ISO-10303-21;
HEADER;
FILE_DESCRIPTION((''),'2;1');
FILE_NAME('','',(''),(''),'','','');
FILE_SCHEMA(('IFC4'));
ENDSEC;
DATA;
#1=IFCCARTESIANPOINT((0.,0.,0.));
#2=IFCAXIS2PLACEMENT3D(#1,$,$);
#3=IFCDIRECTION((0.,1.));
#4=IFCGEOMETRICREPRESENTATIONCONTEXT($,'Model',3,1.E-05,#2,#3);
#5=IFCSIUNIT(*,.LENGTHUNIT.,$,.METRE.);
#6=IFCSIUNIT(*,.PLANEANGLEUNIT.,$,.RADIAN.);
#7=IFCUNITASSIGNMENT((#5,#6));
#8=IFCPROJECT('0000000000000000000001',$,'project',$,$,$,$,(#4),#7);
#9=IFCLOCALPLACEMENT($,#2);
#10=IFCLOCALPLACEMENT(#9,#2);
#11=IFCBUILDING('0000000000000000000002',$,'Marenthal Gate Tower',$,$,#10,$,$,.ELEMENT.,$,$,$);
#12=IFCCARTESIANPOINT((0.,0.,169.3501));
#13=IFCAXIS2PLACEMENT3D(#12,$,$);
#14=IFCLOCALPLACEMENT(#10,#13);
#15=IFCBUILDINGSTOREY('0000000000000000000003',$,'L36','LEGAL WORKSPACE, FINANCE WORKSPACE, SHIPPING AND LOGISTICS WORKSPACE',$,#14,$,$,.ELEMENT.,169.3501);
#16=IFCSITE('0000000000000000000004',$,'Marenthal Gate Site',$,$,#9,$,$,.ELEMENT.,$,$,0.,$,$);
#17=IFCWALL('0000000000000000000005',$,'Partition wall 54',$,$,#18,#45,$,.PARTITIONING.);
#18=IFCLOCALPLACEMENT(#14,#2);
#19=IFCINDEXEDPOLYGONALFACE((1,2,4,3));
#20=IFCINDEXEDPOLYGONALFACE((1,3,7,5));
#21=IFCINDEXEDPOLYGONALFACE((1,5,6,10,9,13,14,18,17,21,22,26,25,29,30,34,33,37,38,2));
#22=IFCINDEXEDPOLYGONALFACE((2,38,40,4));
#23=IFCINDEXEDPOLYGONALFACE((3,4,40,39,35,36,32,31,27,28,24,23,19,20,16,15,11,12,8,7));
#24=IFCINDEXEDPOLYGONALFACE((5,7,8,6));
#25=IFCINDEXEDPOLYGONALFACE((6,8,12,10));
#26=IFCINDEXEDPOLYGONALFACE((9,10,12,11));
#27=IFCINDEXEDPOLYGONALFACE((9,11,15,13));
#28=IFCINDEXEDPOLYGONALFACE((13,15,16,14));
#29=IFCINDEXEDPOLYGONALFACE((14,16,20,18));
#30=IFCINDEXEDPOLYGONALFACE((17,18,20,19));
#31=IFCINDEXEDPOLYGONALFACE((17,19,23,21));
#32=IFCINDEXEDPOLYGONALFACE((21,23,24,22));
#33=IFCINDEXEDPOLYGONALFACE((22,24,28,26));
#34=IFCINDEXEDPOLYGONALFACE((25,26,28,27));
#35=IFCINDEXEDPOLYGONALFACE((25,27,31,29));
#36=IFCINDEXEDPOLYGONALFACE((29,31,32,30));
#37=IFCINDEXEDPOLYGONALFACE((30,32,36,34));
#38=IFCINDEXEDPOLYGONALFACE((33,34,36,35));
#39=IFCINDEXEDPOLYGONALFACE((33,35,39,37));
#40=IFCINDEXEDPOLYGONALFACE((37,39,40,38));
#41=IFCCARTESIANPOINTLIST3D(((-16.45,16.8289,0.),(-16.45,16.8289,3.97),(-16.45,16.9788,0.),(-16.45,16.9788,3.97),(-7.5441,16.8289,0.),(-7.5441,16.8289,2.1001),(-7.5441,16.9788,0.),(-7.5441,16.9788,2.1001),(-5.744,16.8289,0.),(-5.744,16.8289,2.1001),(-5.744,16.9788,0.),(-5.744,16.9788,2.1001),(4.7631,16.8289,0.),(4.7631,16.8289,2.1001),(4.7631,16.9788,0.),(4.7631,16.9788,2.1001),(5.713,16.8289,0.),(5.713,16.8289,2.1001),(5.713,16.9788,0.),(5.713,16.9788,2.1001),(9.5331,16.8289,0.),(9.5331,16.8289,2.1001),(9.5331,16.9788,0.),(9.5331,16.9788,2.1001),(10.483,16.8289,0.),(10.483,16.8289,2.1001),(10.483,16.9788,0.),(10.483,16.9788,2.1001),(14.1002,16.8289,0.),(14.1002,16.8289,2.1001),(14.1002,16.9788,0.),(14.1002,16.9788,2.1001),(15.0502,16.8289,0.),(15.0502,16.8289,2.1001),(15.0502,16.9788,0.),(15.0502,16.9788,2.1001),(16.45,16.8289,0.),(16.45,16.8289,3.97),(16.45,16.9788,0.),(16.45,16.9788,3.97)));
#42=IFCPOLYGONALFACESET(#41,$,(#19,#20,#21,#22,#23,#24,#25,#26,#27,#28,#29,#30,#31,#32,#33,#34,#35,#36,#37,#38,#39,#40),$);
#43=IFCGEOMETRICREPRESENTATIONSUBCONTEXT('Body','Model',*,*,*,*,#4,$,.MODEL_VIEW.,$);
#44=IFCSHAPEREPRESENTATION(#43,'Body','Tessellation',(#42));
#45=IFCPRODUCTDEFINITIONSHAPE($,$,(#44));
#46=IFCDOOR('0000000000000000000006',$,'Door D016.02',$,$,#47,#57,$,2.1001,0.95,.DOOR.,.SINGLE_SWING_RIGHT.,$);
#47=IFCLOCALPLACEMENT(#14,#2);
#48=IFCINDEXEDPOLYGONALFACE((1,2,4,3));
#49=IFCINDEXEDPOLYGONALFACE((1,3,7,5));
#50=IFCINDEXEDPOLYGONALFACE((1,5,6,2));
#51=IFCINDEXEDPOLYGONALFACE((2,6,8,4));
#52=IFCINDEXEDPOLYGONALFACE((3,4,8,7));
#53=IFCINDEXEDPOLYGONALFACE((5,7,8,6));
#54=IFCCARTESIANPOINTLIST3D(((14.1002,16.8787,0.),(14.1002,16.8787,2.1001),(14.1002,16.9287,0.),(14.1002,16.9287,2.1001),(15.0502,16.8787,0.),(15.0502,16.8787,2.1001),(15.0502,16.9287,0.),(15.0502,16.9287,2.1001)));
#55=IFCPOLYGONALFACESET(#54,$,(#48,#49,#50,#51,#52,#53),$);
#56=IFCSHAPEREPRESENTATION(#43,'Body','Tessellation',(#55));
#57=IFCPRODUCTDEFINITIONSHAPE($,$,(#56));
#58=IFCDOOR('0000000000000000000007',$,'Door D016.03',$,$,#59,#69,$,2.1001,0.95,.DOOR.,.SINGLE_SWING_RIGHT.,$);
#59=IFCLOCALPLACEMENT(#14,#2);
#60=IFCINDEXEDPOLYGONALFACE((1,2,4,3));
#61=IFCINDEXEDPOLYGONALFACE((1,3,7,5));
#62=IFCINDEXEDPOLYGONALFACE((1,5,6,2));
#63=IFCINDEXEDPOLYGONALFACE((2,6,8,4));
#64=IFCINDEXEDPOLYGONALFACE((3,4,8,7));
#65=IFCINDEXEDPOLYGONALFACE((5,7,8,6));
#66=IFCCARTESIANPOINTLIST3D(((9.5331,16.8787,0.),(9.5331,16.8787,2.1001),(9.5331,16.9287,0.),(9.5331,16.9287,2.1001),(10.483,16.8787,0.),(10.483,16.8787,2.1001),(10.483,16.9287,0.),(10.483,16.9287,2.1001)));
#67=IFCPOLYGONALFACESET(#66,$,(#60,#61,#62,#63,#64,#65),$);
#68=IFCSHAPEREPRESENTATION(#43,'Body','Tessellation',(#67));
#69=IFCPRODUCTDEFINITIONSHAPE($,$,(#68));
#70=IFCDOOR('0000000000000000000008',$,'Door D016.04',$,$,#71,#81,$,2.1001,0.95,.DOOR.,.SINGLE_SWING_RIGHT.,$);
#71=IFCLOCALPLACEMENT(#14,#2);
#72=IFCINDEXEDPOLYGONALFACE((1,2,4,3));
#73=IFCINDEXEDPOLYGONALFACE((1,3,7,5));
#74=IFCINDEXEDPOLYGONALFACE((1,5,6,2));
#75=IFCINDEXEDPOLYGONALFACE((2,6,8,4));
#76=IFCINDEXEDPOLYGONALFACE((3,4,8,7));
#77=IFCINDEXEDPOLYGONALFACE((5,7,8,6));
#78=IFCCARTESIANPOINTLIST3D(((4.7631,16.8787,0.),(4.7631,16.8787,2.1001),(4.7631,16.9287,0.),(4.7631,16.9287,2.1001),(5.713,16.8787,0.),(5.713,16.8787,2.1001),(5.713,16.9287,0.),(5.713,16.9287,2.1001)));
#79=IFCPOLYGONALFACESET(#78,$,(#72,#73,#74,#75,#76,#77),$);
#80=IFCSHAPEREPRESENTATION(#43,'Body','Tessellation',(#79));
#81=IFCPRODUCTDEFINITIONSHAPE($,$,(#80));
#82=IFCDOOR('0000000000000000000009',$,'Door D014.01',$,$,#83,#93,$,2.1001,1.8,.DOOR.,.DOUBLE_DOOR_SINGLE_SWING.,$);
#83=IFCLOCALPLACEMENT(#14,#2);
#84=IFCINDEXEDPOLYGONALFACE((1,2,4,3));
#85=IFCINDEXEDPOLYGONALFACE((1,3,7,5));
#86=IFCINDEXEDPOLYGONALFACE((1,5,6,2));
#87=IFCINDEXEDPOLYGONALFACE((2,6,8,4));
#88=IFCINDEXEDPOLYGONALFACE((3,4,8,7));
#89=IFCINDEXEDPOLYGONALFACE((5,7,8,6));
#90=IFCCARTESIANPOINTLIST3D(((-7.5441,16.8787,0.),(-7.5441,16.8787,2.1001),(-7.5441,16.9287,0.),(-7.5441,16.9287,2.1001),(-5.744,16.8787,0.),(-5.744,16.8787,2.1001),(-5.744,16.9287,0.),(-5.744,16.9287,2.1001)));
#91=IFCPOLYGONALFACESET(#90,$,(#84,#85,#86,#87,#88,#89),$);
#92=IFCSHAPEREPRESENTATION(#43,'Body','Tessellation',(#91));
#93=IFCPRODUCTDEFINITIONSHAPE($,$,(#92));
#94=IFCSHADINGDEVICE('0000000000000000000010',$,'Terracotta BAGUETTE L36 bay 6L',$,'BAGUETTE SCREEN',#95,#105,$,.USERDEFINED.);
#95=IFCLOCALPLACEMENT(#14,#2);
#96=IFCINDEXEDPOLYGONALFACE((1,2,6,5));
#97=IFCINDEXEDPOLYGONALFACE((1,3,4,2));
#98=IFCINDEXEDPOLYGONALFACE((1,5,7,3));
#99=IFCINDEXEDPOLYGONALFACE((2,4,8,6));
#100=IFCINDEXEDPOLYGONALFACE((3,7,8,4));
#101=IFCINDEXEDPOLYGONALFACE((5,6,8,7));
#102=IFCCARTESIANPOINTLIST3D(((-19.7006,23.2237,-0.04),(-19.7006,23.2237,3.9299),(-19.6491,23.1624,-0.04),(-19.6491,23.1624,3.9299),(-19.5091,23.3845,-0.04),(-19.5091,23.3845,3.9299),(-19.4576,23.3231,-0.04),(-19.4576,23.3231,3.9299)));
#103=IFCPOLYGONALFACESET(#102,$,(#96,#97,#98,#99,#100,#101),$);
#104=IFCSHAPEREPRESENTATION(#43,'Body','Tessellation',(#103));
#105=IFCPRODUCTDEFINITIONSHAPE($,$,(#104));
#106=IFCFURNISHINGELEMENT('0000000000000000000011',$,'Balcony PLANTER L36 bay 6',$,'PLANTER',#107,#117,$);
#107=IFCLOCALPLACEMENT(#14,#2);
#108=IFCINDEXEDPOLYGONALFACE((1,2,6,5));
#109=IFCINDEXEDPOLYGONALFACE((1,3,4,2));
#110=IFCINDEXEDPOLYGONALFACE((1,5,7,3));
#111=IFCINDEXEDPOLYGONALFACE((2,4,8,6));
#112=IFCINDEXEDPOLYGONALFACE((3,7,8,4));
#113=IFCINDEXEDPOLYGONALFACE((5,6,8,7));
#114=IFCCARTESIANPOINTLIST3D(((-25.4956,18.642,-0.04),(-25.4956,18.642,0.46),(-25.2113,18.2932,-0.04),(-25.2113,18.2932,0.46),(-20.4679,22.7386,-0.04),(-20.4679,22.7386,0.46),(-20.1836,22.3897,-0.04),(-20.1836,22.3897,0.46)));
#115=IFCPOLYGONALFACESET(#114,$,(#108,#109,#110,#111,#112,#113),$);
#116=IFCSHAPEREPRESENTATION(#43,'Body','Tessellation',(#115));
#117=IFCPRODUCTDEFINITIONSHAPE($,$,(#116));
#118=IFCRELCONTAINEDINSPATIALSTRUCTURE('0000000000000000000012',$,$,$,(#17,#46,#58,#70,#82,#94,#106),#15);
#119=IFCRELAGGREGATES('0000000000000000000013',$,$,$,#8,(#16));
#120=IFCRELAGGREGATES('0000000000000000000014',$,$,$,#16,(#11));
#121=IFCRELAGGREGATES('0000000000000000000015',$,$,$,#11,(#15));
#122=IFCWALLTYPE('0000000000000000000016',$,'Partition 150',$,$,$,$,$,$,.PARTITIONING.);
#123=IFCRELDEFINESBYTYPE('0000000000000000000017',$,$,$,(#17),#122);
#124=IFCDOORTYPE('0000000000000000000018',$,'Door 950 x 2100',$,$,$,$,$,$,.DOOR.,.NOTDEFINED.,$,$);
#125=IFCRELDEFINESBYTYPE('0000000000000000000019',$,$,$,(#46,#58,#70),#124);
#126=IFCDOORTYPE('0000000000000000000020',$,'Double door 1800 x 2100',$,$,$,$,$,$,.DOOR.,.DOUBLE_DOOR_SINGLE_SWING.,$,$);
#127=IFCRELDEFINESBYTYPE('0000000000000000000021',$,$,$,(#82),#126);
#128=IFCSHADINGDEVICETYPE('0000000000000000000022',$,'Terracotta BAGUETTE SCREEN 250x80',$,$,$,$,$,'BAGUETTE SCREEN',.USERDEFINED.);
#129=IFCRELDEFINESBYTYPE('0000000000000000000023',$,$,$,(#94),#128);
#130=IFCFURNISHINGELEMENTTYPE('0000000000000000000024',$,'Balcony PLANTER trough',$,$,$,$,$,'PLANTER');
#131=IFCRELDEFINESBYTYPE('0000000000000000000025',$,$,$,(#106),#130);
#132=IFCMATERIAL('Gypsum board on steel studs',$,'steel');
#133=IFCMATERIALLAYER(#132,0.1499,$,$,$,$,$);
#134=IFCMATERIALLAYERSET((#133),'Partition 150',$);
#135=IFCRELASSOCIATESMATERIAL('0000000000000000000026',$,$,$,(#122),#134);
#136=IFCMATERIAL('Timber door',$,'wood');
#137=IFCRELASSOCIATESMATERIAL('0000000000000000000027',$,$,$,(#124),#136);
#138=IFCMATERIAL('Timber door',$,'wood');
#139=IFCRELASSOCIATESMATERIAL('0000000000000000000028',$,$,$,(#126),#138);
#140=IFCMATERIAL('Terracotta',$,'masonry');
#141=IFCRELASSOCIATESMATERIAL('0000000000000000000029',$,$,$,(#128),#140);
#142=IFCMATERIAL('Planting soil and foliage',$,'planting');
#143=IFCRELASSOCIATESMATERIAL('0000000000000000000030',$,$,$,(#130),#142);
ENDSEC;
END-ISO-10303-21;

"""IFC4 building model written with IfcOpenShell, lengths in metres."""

from ifc_helpers import new_model, si_unit, direction, frame, frame_2d, origin, origin_2d, place, context, subcontext, project, spatial, rectangle, extrude, material, layer, layer_set, material_profile, profile_set, type_object, element, fill, save


model = new_model("IFC4")

# Units and contexts
model_context = context("Model", 3, precision=1e-05, world=origin(), true_north=direction((0.0, 1.0)))
body_context = subcontext(model_context, "Body", "Model", "MODEL_VIEW")
ifc_project = project(units=[si_unit("LENGTHUNIT", "METRE"), si_unit("PLANEANGLEUNIT", "RADIAN")], contexts=[model_context])

# Site, building, storey
site_placement = place(None, origin())
site = spatial("IfcSite", under=ifc_project, at=site_placement, Name="Marenthal Gate Site", CompositionType="ELEMENT", RefElevation=0.0)
building_placement = place(site_placement, origin())
building = spatial("IfcBuilding", under=site, at=building_placement, Name="Marenthal Gate Tower", CompositionType="ELEMENT")
storey_placement = place(building_placement, frame((0.0, 0.0, 169.3501)))
storey = spatial("IfcBuildingStorey", under=building, at=storey_placement, Name="L36", Description="LEGAL WORKSPACE, FINANCE WORKSPACE, SHIPPING AND LOGISTICS WORKSPACE", CompositionType="ELEMENT", Elevation=169.3501)

# Shared definitions
ifc_material_1 = material(Name="Gypsum board on steel studs", Category="steel")
ifc_layer_1 = layer(ifc_material_1, 0.1499)
ifc_layer_set_1 = layer_set([ifc_layer_1], Name="Partition 150")
wall_type_1 = type_object("IfcWallType", Name="Partition 150", PredefinedType="PARTITIONING", material=ifc_layer_set_1)

# Wall, openings, doors
wall_1_placement = place(storey_placement, frame((-16.45, 16.9038, 0.0), z_axis=(0.0, 0.0, 1.0), x_axis=(1.0, 0.0, 0.0)))
wall_1 = element("IfcWall", 1, at=wall_1_placement, inside=storey, type_object=wall_type_1, Name="Partition wall 54", PredefinedType="PARTITIONING", context=body_context, shape_type="SweptSolid", body=[
    extrude(rectangle(XDim=32.8999, YDim=0.1499, at=frame_2d((16.45, 0.0))), origin(), (0.0, 0.0, 1.0), 3.97),
])
opening_1_placement = place(wall_1_placement, frame((30.55, 0.0, 0.0)))
opening_1 = element("IfcOpeningElement", 2, at=opening_1_placement, cuts=wall_1, PredefinedType="OPENING", context=body_context, shape_type="SweptSolid", body=[
    extrude(rectangle(XDim=0.95, YDim=2.1001, at=frame_2d((0.4751, 1.05))), frame((0.0, 0.085, 0.0), z_axis=(0.0, -1.0, 0.0), x_axis=(1.0, 0.0, 0.0)), (0.0, 0.0, 1.0), 0.1699),
])
opening_2_placement = place(wall_1_placement, frame((25.9829, 0.0, 0.0)))
opening_2 = element("IfcOpeningElement", 3, at=opening_2_placement, cuts=wall_1, PredefinedType="OPENING", context=body_context, shape_type="SweptSolid", body=[
    extrude(rectangle(XDim=0.95, YDim=2.1001, at=frame_2d((0.4751, 1.05))), frame((0.0, 0.085, 0.0), z_axis=(0.0, -1.0, 0.0), x_axis=(1.0, 0.0, 0.0)), (0.0, 0.0, 1.0), 0.1699),
])
opening_3_placement = place(wall_1_placement, frame((21.2129, 0.0, 0.0)))
opening_3 = element("IfcOpeningElement", 4, at=opening_3_placement, cuts=wall_1, PredefinedType="OPENING", context=body_context, shape_type="SweptSolid", body=[
    extrude(rectangle(XDim=0.95, YDim=2.1001, at=frame_2d((0.4751, 1.05))), frame((0.0, 0.085, 0.0), z_axis=(0.0, -1.0, 0.0), x_axis=(1.0, 0.0, 0.0)), (0.0, 0.0, 1.0), 0.1699),
])
opening_4_placement = place(wall_1_placement, frame((8.906, 0.0, 0.0)))
opening_4 = element("IfcOpeningElement", 5, at=opening_4_placement, cuts=wall_1, PredefinedType="OPENING", context=body_context, shape_type="SweptSolid", body=[
    extrude(rectangle(XDim=1.8, YDim=2.1001, at=frame_2d((0.8999, 1.05))), frame((0.0, 0.085, 0.0), z_axis=(0.0, -1.0, 0.0), x_axis=(1.0, 0.0, 0.0)), (0.0, 0.0, 1.0), 0.1699),
])
ifc_material_2 = material(Name="Timber door", Category="wood")
door_type_1 = type_object("IfcDoorType", Name="Door 950 x 2100", OperationType="NOTDEFINED", PredefinedType="DOOR", material=ifc_material_2)
door_1_placement = place(opening_1_placement, origin())
door_1 = element("IfcDoor", 6, at=door_1_placement, inside=storey, type_object=door_type_1, Name="Door D016.02", OperationType="SINGLE_SWING_RIGHT", OverallHeight=2.1001, OverallWidth=0.95, PredefinedType="DOOR", context=body_context, shape_type="SweptSolid", body=[
    extrude(rectangle(XDim=0.95, YDim=2.1001, at=frame_2d((0.4751, 1.05))), frame((0.0, 0.0249, 0.0), z_axis=(0.0, -1.0, 0.0), x_axis=(1.0, 0.0, 0.0)), (0.0, 0.0, 1.0), 0.05),
])
fill(opening_1, door_1)
door_2_placement = place(opening_2_placement, origin())
door_2 = element("IfcDoor", 7, at=door_2_placement, inside=storey, type_object=door_type_1, Name="Door D016.03", OperationType="SINGLE_SWING_RIGHT", OverallHeight=2.1001, OverallWidth=0.95, PredefinedType="DOOR", context=body_context, shape_type="SweptSolid", body=[
    extrude(rectangle(XDim=0.95, YDim=2.1001, at=frame_2d((0.4751, 1.05))), frame((0.0, 0.0249, 0.0), z_axis=(0.0, -1.0, 0.0), x_axis=(1.0, 0.0, 0.0)), (0.0, 0.0, 1.0), 0.05),
])
fill(opening_2, door_2)
door_3_placement = place(opening_3_placement, origin())
door_3 = element("IfcDoor", 8, at=door_3_placement, inside=storey, type_object=door_type_1, Name="Door D016.04", OperationType="SINGLE_SWING_RIGHT", OverallHeight=2.1001, OverallWidth=0.95, PredefinedType="DOOR", context=body_context, shape_type="SweptSolid", body=[
    extrude(rectangle(XDim=0.95, YDim=2.1001, at=frame_2d((0.4751, 1.05))), frame((0.0, 0.0249, 0.0), z_axis=(0.0, -1.0, 0.0), x_axis=(1.0, 0.0, 0.0)), (0.0, 0.0, 1.0), 0.05),
])
fill(opening_3, door_3)
ifc_material_3 = material(Name="Timber door", Category="wood")
door_type_2 = type_object("IfcDoorType", Name="Double door 1800 x 2100", OperationType="DOUBLE_DOOR_SINGLE_SWING", PredefinedType="DOOR", material=ifc_material_3)
door_4_placement = place(opening_4_placement, origin())
door_4 = element("IfcDoor", 9, at=door_4_placement, inside=storey, type_object=door_type_2, Name="Door D014.01", OperationType="DOUBLE_DOOR_SINGLE_SWING", OverallHeight=2.1001, OverallWidth=1.8, PredefinedType="DOOR", context=body_context, shape_type="SweptSolid", body=[
    extrude(rectangle(XDim=1.8, YDim=2.1001, at=frame_2d((0.8999, 1.05))), frame((0.0, 0.0249, 0.0), z_axis=(0.0, -1.0, 0.0), x_axis=(1.0, 0.0, 0.0)), (0.0, 0.0, 1.0), 0.05),
])
fill(opening_4, door_4)

# Shading device
ifc_material_4 = material(Name="Terracotta", Category="masonry")
ifc_material_profile_1 = material_profile(ifc_material_4, rectangle(XDim=0.25, YDim=0.0801, at=origin_2d()), Name="Terracotta baguette 250x80")
ifc_profile_set_1 = profile_set([ifc_material_profile_1], Name="Terracotta")
shading_device_type = type_object("IfcShadingDeviceType", Name="Terracotta BAGUETTE SCREEN 250x80", ElementType="BAGUETTE SCREEN", PredefinedType="USERDEFINED", material=ifc_profile_set_1)
shading_device_placement = place(storey_placement, frame((-19.5791, 23.2734, -0.04), z_axis=(0.0, 0.0, 1.0), x_axis=(-0.765921, -0.642935, 0.0)))
element("IfcShadingDevice", 10, at=shading_device_placement, inside=storey, type_object=shading_device_type, Name="Terracotta BAGUETTE L36 bay 6L", ObjectType="BAGUETTE SCREEN", PredefinedType="USERDEFINED", context=body_context, shape_type="SweptSolid", body=[
    extrude(rectangle(XDim=0.25, YDim=0.0801, at=origin_2d()), origin(), (0.0, 0.0, 1.0), 3.97),
])

# Furnishing element
ifc_material_5 = material(Name="Planting soil and foliage", Category="planting")
furnishing_element_type = type_object("IfcFurnishingElementType", Name="Balcony PLANTER trough", ElementType="PLANTER", material=ifc_material_5)
furnishing_placement = place(storey_placement, frame((-22.8396, 20.5159, -0.04), z_axis=(0.0, 0.0, 1.0), x_axis=(-0.77524, -0.631667, 0.0)))
element("IfcFurnishingElement", 11, at=furnishing_placement, inside=storey, type_object=furnishing_element_type, Name="Balcony PLANTER L36 bay 6", ObjectType="PLANTER", context=body_context, shape_type="SweptSolid", body=[
    extrude(rectangle(XDim=6.4854, YDim=0.45, at=origin_2d()), origin(), (0.0, 0.0, 1.0), 0.5),
])

save(model, "model.ifc")
